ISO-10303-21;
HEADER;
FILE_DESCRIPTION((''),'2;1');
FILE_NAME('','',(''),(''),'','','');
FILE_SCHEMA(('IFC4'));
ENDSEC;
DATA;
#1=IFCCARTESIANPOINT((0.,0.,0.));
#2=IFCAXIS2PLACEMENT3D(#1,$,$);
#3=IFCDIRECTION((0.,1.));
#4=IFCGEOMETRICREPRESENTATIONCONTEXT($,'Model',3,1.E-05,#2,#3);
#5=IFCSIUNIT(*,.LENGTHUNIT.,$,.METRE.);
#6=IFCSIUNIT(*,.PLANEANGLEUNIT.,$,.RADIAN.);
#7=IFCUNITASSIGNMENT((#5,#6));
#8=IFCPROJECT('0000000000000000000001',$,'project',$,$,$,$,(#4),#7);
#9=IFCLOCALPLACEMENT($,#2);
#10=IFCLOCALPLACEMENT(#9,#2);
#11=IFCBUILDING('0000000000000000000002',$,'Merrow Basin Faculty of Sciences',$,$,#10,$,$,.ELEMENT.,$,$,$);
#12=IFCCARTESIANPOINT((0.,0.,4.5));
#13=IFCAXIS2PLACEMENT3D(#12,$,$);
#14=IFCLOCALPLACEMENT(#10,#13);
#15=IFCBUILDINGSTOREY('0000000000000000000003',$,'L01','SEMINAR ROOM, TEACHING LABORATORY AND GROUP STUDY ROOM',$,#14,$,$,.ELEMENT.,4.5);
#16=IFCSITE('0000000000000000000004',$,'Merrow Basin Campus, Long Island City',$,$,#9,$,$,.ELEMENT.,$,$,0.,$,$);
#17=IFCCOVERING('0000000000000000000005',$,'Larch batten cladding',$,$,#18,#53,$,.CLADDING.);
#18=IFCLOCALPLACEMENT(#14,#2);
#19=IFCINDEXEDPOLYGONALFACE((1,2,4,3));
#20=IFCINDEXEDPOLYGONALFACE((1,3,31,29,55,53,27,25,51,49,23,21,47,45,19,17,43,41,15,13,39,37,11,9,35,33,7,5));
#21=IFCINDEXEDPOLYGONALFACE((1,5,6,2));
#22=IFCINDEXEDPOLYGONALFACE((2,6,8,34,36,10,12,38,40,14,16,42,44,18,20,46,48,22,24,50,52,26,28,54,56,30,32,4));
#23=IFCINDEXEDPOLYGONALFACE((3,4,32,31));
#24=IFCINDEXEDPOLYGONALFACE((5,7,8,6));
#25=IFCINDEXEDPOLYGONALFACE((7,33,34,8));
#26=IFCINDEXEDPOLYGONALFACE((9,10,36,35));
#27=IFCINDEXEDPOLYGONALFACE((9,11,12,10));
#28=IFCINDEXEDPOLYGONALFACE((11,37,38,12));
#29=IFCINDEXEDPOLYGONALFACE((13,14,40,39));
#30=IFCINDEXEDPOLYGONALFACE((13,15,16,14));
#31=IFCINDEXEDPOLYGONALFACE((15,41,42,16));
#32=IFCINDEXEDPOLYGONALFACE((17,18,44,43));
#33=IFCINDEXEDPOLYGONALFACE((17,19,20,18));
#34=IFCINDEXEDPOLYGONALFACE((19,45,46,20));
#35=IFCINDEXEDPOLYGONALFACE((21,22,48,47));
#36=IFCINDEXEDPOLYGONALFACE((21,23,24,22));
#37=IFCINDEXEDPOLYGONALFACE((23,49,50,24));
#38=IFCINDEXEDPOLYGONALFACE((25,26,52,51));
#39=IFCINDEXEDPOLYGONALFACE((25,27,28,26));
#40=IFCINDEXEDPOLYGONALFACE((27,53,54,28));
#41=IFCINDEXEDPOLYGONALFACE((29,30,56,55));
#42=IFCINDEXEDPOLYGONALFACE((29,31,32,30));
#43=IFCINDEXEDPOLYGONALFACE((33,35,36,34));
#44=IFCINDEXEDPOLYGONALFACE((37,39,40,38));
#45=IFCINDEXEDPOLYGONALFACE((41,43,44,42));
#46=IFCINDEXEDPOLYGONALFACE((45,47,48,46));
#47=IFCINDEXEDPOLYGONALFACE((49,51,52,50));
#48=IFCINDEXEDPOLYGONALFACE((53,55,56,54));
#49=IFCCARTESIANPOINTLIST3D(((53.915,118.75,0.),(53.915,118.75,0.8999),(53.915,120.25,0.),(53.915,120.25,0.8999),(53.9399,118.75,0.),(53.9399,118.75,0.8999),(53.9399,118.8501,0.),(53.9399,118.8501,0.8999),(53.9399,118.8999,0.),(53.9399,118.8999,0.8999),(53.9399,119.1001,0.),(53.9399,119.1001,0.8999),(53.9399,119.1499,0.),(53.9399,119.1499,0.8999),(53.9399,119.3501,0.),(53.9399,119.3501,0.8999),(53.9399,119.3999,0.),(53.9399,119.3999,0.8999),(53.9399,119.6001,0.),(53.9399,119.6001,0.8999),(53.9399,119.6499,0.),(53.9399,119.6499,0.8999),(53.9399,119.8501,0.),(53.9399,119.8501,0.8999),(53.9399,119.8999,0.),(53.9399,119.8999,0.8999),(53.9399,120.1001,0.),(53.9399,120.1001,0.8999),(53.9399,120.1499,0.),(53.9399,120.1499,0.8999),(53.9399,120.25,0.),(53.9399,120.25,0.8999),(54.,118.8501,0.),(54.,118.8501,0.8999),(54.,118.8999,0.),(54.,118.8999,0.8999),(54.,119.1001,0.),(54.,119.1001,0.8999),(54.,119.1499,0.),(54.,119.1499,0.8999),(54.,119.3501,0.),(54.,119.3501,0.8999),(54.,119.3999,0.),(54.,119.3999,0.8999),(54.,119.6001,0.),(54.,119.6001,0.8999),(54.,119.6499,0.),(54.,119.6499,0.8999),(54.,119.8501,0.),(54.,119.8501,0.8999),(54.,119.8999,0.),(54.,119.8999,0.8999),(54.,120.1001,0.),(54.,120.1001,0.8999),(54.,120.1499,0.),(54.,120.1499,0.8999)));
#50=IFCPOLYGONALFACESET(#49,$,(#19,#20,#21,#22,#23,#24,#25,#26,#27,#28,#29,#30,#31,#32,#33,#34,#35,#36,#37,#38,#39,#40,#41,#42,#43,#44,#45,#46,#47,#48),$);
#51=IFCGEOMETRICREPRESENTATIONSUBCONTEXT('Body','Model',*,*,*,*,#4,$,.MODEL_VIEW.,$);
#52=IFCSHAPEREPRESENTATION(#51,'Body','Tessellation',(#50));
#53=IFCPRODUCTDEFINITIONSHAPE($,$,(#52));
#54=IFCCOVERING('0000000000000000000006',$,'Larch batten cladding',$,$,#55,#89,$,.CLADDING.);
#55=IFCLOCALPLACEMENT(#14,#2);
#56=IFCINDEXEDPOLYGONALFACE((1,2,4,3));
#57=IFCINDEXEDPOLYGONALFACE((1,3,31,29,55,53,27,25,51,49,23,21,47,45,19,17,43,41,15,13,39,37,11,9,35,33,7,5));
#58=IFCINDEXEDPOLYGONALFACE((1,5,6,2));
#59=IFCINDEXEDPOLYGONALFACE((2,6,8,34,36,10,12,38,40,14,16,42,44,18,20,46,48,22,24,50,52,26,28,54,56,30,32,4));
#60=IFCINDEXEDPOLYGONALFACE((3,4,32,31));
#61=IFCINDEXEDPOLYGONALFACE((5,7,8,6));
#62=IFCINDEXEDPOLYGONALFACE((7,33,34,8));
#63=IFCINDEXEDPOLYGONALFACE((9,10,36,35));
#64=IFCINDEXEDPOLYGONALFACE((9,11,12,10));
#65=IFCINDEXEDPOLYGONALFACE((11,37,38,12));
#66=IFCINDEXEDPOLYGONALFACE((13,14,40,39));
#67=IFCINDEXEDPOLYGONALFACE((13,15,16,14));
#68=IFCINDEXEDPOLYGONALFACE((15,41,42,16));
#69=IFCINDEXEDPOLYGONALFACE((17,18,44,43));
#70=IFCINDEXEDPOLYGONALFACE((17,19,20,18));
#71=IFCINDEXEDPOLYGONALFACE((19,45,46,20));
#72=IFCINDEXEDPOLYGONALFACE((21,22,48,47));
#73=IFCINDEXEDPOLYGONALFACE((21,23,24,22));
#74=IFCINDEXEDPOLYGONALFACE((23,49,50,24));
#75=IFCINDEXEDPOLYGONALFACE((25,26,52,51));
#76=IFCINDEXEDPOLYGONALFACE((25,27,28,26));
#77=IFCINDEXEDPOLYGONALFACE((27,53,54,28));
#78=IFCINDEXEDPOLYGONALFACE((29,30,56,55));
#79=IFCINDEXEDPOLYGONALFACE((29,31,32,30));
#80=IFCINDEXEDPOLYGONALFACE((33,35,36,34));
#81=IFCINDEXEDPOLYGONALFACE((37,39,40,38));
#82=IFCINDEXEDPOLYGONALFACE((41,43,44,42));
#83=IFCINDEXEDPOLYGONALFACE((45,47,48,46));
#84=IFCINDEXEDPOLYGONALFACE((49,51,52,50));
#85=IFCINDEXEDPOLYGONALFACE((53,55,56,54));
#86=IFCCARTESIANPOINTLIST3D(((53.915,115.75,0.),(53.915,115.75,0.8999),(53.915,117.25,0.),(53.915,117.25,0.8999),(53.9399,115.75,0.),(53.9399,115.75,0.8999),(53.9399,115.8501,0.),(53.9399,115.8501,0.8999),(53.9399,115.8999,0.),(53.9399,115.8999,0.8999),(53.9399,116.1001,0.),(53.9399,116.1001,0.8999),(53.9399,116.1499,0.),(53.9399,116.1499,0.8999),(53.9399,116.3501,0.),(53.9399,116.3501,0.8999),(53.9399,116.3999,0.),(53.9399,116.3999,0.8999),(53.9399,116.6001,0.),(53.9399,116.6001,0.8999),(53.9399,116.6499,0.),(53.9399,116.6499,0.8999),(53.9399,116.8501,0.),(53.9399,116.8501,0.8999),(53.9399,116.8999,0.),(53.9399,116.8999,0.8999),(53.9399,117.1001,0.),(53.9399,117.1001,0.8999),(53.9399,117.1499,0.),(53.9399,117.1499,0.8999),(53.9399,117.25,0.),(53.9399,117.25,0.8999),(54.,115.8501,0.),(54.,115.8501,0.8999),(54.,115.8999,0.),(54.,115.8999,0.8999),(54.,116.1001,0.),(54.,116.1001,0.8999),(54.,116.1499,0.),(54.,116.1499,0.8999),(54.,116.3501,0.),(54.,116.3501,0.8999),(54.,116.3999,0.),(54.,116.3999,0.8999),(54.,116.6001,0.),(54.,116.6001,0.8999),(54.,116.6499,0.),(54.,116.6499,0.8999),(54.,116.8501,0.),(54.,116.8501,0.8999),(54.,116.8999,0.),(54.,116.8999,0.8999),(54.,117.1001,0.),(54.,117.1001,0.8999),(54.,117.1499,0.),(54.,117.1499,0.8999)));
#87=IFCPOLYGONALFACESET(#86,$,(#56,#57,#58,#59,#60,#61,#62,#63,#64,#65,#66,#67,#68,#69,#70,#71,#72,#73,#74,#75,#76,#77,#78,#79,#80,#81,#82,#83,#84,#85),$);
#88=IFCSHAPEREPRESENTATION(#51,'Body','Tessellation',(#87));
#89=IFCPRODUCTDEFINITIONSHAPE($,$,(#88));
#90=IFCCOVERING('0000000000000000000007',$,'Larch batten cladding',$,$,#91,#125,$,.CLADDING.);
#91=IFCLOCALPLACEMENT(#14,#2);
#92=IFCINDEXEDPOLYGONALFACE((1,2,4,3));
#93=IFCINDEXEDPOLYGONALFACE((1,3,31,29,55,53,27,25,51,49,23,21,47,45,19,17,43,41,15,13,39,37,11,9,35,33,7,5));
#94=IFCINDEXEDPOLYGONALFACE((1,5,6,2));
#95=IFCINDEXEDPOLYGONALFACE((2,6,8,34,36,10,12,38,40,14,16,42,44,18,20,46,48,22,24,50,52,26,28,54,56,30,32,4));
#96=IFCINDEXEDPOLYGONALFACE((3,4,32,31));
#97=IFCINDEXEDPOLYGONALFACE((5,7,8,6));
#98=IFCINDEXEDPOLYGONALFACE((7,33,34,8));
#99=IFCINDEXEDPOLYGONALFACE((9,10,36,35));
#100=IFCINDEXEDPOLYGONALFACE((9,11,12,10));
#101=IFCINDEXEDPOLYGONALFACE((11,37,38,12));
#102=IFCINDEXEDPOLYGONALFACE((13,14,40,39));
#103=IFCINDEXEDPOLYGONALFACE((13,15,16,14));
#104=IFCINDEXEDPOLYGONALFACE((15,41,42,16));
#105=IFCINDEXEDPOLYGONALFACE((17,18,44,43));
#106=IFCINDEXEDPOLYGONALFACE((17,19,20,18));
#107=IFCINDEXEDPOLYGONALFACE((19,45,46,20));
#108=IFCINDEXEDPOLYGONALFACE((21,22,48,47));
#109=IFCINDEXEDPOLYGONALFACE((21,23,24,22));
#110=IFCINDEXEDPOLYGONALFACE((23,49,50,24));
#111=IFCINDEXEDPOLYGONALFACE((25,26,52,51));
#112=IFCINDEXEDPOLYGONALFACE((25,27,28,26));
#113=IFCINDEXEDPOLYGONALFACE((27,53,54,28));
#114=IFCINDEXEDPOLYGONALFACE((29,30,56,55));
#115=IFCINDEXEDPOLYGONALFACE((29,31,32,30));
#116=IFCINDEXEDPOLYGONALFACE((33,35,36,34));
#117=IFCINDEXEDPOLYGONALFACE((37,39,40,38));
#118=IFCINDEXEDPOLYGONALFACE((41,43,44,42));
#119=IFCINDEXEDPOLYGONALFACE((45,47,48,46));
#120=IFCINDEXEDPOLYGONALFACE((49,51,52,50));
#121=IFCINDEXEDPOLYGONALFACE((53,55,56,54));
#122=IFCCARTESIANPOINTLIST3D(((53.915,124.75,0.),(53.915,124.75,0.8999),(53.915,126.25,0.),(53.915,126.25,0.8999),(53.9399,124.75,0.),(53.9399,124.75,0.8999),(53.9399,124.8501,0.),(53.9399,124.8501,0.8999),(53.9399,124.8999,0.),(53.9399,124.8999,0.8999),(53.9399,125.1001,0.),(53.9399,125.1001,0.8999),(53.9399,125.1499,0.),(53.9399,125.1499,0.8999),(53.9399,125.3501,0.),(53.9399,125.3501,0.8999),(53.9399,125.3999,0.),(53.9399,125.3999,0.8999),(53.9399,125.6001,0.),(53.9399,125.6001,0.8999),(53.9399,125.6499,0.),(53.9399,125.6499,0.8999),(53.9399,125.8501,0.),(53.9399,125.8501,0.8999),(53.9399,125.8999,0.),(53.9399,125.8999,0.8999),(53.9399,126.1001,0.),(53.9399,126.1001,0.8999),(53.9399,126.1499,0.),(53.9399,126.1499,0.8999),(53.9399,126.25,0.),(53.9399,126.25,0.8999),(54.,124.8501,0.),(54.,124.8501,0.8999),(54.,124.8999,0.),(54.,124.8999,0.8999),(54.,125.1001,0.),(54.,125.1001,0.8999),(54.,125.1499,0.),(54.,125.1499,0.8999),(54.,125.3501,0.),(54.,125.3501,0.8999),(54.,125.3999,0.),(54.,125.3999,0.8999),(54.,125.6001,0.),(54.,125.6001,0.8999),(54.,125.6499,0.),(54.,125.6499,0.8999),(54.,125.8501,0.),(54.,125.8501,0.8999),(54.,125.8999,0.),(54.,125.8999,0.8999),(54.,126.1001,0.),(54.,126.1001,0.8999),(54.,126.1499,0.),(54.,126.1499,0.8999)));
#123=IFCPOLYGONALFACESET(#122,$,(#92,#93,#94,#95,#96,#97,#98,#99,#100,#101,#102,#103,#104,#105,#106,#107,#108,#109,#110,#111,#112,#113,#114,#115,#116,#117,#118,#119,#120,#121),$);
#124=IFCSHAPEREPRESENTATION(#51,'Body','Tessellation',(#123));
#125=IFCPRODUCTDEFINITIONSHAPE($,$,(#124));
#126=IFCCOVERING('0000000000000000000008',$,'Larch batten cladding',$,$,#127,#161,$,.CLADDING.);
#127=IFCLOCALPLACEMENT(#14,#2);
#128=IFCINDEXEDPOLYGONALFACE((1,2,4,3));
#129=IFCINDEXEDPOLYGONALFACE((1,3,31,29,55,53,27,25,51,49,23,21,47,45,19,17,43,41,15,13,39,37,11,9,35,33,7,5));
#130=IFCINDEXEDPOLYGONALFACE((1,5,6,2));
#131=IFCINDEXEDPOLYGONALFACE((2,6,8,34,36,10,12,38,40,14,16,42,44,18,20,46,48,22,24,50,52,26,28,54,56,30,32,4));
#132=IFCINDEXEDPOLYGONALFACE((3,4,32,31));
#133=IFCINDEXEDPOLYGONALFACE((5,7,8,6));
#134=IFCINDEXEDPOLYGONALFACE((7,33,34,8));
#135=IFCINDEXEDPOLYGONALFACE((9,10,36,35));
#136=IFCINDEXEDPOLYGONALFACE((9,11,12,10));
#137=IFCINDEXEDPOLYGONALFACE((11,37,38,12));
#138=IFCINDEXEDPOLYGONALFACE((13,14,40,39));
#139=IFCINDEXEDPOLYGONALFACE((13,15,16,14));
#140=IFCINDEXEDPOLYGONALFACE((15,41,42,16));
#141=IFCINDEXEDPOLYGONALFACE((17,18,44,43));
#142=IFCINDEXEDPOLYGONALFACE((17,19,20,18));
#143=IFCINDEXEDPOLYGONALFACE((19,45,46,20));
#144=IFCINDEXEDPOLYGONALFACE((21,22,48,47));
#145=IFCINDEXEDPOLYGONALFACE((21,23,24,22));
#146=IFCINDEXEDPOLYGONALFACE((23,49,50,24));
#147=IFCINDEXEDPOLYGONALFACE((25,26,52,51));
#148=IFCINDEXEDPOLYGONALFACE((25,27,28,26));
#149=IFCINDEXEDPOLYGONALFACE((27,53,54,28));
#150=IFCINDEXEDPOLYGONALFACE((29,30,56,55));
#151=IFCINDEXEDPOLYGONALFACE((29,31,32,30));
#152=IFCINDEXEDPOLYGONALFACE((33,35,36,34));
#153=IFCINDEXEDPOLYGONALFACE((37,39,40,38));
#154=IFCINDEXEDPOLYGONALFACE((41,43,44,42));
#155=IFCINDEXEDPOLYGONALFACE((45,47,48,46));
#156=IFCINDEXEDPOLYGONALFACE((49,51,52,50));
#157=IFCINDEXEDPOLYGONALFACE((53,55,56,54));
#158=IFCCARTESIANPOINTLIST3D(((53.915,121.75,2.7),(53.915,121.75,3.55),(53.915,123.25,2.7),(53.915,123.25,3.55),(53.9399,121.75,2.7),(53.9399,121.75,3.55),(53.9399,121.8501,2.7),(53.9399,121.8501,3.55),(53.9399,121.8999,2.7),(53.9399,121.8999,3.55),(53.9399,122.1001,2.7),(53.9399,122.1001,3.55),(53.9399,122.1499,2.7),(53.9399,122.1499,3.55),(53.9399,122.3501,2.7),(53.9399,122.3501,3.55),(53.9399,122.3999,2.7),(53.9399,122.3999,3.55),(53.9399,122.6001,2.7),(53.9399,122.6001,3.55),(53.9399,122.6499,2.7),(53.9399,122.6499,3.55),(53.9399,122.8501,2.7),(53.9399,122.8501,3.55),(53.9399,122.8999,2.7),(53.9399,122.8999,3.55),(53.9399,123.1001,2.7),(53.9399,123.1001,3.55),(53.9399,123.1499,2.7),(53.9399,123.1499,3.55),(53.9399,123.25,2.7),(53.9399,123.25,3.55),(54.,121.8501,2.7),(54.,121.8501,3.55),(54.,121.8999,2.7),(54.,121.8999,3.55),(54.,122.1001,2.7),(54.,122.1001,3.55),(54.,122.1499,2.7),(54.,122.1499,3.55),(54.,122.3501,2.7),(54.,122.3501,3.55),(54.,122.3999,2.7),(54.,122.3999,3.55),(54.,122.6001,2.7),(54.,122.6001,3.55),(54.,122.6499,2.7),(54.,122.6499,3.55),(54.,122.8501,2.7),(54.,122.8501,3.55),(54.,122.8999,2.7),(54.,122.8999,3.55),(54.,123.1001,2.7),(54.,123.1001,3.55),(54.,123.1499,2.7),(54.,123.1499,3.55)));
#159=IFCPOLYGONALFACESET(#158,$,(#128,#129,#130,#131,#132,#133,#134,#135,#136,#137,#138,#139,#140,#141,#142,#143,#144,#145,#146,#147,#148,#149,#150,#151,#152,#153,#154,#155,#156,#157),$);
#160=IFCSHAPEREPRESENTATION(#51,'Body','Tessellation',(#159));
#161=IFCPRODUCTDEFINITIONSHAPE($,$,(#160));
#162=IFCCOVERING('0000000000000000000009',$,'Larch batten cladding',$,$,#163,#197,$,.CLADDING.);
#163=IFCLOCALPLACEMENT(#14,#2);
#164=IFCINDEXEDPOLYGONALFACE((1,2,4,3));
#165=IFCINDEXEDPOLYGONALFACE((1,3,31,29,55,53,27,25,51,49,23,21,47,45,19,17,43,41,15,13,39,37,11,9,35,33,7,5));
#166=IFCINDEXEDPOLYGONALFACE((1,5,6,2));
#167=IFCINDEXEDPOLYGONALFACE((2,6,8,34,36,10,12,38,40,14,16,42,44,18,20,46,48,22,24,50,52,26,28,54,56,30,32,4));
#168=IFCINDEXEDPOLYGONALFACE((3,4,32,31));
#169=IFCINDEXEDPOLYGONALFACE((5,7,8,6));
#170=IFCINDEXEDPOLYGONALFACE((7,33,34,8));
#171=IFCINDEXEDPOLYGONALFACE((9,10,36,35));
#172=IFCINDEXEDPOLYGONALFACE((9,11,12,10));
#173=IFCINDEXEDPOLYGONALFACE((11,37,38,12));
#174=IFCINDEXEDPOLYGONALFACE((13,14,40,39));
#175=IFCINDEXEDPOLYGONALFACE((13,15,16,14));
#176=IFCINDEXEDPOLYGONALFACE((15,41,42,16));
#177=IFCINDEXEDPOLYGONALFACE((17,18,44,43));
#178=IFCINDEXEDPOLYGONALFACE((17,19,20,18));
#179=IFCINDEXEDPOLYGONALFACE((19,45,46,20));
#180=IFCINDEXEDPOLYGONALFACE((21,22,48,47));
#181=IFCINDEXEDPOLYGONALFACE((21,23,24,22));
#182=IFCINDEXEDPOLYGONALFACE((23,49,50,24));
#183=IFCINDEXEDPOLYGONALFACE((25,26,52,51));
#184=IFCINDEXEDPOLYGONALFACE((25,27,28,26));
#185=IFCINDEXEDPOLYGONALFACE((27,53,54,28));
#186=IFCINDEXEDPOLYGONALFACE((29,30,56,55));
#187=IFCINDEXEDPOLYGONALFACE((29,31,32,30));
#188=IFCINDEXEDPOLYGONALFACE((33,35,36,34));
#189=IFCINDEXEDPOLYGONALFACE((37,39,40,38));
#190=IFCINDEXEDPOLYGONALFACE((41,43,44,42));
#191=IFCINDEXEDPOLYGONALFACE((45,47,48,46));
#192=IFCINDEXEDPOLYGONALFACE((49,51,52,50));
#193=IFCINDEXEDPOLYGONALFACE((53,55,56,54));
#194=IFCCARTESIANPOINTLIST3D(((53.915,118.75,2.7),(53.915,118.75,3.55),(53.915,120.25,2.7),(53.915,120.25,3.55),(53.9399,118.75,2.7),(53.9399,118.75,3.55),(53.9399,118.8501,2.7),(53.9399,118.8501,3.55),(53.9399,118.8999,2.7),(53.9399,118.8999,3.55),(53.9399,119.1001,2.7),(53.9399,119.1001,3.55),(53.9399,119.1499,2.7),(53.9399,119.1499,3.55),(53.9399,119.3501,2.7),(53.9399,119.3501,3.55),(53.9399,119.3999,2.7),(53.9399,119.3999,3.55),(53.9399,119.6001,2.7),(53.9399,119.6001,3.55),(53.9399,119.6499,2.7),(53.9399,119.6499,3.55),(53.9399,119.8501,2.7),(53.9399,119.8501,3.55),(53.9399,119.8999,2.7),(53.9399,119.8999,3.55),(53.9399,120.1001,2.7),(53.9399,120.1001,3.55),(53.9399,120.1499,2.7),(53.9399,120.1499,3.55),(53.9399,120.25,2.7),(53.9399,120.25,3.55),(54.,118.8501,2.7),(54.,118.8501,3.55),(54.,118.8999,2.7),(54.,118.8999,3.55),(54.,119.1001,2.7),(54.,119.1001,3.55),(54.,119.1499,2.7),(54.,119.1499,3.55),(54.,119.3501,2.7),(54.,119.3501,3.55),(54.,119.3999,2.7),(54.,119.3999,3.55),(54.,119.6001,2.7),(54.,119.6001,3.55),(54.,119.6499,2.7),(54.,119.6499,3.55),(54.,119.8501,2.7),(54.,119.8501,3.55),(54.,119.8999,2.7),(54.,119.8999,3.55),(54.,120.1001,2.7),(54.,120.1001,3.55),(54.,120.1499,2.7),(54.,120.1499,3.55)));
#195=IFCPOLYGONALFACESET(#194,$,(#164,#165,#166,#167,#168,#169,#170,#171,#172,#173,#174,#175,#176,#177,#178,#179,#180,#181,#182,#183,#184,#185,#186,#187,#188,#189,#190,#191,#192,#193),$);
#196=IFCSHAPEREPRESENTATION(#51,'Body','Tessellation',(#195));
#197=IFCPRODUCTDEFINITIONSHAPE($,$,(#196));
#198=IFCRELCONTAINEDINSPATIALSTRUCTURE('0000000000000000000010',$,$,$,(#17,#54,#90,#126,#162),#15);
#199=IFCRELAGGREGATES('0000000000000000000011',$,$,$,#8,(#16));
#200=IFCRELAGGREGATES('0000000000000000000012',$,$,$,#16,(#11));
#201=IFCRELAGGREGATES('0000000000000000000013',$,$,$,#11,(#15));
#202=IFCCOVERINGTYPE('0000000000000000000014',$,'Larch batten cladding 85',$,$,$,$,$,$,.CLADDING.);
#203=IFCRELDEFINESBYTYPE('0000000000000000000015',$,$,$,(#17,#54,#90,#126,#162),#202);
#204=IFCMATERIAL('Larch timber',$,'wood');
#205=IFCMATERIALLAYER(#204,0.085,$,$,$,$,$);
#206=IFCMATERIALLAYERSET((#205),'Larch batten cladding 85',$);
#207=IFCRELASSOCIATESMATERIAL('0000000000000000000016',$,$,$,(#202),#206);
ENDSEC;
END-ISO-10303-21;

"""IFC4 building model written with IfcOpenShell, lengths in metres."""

from ifc_helpers import new_model, si_unit, direction, frame, origin, place, context, subcontext, project, spatial, polyline, outline, extrude, source, transform, mapped, material, layer, layer_set, type_object, element, save


model = new_model("IFC4")

# Units and contexts
model_context = context("Model", 3, precision=1e-05, world=origin(), true_north=direction((0.0, 1.0)))
body_context = subcontext(model_context, "Body", "Model", "MODEL_VIEW")
ifc_project = project(units=[si_unit("LENGTHUNIT", "METRE"), si_unit("PLANEANGLEUNIT", "RADIAN")], contexts=[model_context])

# Site, building, storey
site_placement = place(None, origin())
site = spatial("IfcSite", under=ifc_project, at=site_placement, Name="Merrow Basin Campus, Long Island City", CompositionType="ELEMENT", RefElevation=0.0)
building_placement = place(site_placement, origin())
building = spatial("IfcBuilding", under=site, at=building_placement, Name="Merrow Basin Faculty of Sciences", CompositionType="ELEMENT")
storey_placement = place(building_placement, frame((0.0, 0.0, 4.5)))
storey = spatial("IfcBuildingStorey", under=building, at=storey_placement, Name="L01", Description="SEMINAR ROOM, TEACHING LABORATORY AND GROUP STUDY ROOM", CompositionType="ELEMENT", Elevation=4.5)

# Coverings
ifc_material_1 = material(Name="Larch timber", Category="wood")
ifc_layer_1 = layer(ifc_material_1, 0.085)
ifc_layer_set_1 = layer_set([ifc_layer_1], Name="Larch batten cladding 85")
covering_type = type_object("IfcCoveringType", Name="Larch batten cladding 85", PredefinedType="CLADDING", material=ifc_layer_set_1)
shared_shape_1 = source(origin(), body_context, "Body", "SweptSolid", [
    extrude(outline(polyline([(0.0, 0.0), (1.5, 0.0), (1.5, 0.0249), (1.3999, 0.0249), (1.3999, 0.085), (1.3501, 0.085), (1.3501, 0.0249), (1.1499, 0.0249), (1.1499, 0.085), (1.1001, 0.085), (1.1001, 0.0249), (0.8999, 0.0249), (0.8999, 0.085), (0.8501, 0.085), (0.8501, 0.0249), (0.6499, 0.0249), (0.6499, 0.085), (0.6001, 0.085), (0.6001, 0.0249), (0.3999, 0.0249), (0.3999, 0.085), (0.3501, 0.085), (0.3501, 0.0249), (0.1499, 0.0249), (0.1499, 0.085), (0.1001, 0.085), (0.1001, 0.0249), (0.0, 0.0249), (0.0, 0.0)])), origin(), (0.0, 0.0, 1.0), 0.8999),
])
for number, where, z_axis, x_axis, name in (
    (1, (53.915, 120.25, 0.0), (0.0, 0.0, 1.0), (0.0, -1.0, 0.0), "Larch batten cladding"),
    (2, (53.915, 117.25, 0.0), (0.0, 0.0, 1.0), (0.0, -1.0, 0.0), "Larch batten cladding"),
    (3, (53.915, 126.25, 0.0), (0.0, 0.0, 1.0), (0.0, -1.0, 0.0), "Larch batten cladding"),
):
    element("IfcCovering", number, at=place(storey_placement, frame(where, z_axis=z_axis, x_axis=x_axis)), inside=storey, type_object=covering_type, Name=name, PredefinedType="CLADDING", context=body_context, shape_type="MappedRepresentation", body=[
        mapped(shared_shape_1, transform((0.0, 0.0, 0.0), scale=1.0)),
    ])
shared_shape_2 = source(origin(), body_context, "Body", "SweptSolid", [
    extrude(outline(polyline([(0.0, 0.0), (1.5, 0.0), (1.5, 0.0249), (1.3999, 0.0249), (1.3999, 0.085), (1.3501, 0.085), (1.3501, 0.0249), (1.1499, 0.0249), (1.1499, 0.085), (1.1001, 0.085), (1.1001, 0.0249), (0.8999, 0.0249), (0.8999, 0.085), (0.8501, 0.085), (0.8501, 0.0249), (0.6499, 0.0249), (0.6499, 0.085), (0.6001, 0.085), (0.6001, 0.0249), (0.3999, 0.0249), (0.3999, 0.085), (0.3501, 0.085), (0.3501, 0.0249), (0.1499, 0.0249), (0.1499, 0.085), (0.1001, 0.085), (0.1001, 0.0249), (0.0, 0.0249), (0.0, 0.0)])), origin(), (0.0, 0.0, 1.0), 0.8501),
])
for number, where, z_axis, x_axis, name in (
    (4, (53.915, 123.25, 2.7), (0.0, 0.0, 1.0), (0.0, -1.0, 0.0), "Larch batten cladding"),
    (5, (53.915, 120.25, 2.7), (0.0, 0.0, 1.0), (0.0, -1.0, 0.0), "Larch batten cladding"),
):
    element("IfcCovering", number, at=place(storey_placement, frame(where, z_axis=z_axis, x_axis=x_axis)), inside=storey, type_object=covering_type, Name=name, PredefinedType="CLADDING", context=body_context, shape_type="MappedRepresentation", body=[
        mapped(shared_shape_2, transform((0.0, 0.0, 0.0), scale=1.0)),
    ])

save(model, "model.ifc")
